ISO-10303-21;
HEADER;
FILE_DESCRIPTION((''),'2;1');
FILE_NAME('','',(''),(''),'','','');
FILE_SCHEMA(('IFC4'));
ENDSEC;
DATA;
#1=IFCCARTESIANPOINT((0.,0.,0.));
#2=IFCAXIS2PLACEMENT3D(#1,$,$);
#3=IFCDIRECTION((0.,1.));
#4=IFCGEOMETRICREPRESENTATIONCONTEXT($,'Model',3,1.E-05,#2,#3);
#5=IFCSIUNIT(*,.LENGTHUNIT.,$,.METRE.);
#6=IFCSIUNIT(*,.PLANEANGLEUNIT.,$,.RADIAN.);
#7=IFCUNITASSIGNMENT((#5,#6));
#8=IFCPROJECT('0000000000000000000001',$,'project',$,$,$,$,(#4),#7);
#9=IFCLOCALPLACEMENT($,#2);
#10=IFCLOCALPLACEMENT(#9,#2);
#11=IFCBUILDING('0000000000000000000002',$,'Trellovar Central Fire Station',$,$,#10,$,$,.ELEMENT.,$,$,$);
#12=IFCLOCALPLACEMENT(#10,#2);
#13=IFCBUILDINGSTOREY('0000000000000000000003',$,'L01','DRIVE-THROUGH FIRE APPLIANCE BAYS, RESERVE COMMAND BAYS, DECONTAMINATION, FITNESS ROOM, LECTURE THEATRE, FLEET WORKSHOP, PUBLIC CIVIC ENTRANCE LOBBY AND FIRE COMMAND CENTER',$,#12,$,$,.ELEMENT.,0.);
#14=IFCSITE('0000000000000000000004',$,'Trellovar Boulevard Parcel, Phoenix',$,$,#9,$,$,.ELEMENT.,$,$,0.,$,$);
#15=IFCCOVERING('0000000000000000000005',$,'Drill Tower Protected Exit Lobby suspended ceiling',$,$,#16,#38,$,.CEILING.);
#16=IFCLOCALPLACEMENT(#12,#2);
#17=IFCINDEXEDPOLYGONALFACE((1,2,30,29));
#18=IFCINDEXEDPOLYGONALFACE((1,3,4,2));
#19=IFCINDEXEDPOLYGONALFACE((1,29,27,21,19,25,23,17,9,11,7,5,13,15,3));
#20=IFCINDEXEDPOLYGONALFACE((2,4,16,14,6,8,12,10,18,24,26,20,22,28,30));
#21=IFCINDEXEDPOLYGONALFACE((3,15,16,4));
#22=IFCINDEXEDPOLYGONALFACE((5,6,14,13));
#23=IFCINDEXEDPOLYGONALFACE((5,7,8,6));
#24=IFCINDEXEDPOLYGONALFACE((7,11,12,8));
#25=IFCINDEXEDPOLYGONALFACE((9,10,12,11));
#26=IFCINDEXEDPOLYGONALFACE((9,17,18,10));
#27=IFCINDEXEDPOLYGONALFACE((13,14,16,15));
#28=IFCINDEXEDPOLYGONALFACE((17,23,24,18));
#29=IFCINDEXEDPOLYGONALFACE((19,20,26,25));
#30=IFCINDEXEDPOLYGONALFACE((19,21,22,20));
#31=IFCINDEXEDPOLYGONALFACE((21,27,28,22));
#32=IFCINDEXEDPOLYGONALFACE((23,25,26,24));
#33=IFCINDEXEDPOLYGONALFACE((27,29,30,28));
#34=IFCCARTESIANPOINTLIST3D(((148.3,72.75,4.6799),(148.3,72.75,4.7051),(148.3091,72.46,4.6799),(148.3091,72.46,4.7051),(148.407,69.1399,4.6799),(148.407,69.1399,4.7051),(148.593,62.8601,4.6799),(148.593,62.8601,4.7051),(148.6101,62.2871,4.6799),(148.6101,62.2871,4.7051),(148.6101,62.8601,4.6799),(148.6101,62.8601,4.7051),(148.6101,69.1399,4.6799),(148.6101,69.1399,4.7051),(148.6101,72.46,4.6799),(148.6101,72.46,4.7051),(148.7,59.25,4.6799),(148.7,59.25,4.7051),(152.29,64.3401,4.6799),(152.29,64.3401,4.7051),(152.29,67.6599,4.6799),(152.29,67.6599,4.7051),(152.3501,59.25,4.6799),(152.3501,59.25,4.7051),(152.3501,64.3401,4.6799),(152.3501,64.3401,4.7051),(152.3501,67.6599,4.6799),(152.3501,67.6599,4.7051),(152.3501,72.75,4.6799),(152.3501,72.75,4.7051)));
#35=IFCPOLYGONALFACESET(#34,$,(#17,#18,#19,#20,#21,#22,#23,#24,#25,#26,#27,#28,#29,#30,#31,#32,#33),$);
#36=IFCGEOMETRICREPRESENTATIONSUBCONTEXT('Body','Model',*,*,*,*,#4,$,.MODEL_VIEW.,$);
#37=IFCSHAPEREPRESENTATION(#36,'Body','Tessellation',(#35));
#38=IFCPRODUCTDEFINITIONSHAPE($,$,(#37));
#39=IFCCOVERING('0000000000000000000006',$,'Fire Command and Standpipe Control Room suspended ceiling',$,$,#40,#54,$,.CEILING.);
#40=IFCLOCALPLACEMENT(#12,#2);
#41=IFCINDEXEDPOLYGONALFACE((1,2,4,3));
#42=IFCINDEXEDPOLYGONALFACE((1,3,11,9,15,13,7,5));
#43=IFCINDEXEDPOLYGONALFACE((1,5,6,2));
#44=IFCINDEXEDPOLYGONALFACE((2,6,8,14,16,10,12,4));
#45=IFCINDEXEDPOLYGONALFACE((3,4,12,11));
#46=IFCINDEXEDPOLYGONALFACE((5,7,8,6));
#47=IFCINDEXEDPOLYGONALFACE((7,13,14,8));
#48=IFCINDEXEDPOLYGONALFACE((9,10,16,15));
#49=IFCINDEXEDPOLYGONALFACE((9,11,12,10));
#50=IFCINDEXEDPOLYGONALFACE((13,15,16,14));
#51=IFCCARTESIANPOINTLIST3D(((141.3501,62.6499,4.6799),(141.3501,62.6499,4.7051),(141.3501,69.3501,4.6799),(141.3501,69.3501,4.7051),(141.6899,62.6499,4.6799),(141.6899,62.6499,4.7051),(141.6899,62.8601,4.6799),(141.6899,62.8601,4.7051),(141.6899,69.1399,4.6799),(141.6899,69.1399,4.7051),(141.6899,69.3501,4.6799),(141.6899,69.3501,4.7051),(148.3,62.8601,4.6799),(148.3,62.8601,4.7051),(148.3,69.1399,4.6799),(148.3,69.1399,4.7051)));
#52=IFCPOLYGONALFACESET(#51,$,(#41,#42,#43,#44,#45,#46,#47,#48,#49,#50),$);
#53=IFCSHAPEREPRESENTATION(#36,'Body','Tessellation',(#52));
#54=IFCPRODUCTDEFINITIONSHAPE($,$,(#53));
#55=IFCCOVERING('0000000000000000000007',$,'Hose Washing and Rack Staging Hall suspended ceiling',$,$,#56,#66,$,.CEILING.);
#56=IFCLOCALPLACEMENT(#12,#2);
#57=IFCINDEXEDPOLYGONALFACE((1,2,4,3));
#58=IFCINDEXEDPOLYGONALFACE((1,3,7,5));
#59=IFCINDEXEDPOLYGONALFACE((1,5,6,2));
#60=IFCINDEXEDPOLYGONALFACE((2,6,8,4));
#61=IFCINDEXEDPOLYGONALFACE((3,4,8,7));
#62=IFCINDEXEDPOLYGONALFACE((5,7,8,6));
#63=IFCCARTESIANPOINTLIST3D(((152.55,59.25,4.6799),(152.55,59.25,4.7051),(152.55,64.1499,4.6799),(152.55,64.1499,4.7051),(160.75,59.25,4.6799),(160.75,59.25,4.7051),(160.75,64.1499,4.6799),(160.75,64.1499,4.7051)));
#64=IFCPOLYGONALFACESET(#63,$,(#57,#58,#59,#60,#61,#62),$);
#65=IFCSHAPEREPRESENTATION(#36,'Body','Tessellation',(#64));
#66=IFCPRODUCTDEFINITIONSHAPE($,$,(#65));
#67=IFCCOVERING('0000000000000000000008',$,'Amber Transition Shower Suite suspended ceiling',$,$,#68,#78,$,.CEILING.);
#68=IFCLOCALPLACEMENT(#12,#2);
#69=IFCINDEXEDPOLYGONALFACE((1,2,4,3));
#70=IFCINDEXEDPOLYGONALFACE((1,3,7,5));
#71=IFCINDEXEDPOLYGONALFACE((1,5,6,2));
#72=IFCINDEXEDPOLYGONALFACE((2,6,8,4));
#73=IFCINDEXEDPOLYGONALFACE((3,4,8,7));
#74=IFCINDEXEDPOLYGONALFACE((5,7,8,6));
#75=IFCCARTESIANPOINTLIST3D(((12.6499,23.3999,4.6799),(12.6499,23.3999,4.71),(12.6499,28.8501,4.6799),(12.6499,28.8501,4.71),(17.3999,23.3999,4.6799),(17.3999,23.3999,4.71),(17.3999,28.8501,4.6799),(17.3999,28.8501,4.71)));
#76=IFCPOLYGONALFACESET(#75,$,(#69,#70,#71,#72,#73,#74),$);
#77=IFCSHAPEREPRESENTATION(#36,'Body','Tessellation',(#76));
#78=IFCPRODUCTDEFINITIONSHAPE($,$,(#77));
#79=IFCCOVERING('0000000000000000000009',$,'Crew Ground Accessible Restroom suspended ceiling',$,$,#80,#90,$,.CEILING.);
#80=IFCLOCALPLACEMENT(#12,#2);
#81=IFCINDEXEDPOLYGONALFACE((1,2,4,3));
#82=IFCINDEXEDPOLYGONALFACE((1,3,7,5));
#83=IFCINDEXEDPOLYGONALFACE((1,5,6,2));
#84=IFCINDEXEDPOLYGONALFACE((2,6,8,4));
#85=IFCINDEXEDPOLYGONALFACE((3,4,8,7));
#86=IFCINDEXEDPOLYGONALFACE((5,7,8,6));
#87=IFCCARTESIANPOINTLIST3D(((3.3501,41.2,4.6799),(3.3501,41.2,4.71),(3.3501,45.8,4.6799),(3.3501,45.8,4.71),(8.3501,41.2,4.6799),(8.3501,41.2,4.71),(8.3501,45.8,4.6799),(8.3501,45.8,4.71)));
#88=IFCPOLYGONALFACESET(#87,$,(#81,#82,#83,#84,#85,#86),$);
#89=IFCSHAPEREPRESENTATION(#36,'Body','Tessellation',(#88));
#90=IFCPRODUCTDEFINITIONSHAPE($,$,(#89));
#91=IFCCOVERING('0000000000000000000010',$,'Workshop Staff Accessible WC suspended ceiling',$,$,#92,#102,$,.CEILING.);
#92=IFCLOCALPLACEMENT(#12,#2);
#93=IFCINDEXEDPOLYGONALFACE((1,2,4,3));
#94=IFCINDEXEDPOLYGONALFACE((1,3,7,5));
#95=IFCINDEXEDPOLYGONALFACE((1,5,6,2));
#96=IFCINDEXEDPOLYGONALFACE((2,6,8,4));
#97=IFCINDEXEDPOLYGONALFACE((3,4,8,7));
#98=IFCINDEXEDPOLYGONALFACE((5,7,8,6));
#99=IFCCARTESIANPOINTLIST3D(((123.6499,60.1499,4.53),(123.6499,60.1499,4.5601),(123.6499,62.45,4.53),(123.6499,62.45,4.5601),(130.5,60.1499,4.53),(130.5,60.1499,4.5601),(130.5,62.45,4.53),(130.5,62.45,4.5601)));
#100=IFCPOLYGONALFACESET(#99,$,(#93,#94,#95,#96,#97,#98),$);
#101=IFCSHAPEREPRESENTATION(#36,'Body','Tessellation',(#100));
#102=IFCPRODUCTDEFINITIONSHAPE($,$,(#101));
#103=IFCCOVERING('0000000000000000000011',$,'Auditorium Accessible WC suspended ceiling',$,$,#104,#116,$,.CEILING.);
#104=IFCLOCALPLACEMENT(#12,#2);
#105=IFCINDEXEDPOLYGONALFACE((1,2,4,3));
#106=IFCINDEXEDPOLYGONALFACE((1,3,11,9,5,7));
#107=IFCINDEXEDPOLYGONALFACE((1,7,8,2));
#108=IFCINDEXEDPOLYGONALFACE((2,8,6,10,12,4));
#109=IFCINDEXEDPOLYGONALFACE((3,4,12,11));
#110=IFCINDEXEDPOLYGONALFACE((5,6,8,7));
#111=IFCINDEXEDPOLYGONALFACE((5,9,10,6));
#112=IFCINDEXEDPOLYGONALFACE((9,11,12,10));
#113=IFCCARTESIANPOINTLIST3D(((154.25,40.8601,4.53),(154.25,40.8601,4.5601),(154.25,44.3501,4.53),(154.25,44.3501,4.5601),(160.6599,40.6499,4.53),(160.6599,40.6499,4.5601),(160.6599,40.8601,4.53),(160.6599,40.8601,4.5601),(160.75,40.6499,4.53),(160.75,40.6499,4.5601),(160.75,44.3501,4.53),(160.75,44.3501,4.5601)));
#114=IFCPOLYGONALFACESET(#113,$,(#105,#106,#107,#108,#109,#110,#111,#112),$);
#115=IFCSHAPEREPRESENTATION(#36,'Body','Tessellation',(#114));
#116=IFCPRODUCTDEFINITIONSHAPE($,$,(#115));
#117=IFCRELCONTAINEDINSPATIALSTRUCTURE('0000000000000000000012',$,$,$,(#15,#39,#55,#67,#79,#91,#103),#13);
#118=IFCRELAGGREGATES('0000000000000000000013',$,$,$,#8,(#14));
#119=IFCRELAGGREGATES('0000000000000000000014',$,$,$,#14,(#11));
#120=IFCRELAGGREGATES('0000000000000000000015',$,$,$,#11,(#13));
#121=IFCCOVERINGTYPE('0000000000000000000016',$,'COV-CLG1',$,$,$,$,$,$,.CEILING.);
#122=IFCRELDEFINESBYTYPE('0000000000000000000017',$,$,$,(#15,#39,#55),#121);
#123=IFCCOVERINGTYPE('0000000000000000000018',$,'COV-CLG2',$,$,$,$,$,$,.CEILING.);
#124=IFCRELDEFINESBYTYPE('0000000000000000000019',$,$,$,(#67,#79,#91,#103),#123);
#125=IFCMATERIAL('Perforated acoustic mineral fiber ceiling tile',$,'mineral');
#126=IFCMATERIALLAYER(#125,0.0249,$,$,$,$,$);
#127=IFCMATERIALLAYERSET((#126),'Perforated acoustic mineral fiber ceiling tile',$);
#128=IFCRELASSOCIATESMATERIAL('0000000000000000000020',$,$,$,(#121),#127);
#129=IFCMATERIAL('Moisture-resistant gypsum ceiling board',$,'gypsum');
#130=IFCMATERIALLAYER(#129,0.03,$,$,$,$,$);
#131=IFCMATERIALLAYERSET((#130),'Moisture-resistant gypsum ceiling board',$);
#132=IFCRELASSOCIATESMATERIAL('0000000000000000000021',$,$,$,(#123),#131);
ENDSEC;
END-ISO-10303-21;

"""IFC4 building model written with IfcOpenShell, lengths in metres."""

from ifc_helpers import new_model, si_unit, direction, frame, origin, place, context, subcontext, project, spatial, polyline, outline, extrude, material, layer, layer_set, type_object, element, save


model = new_model("IFC4")

# Units and contexts
model_context = context("Model", 3, precision=1e-05, world=origin(), true_north=direction((0.0, 1.0)))
body_context = subcontext(model_context, "Body", "Model", "MODEL_VIEW")
ifc_project = project(units=[si_unit("LENGTHUNIT", "METRE"), si_unit("PLANEANGLEUNIT", "RADIAN")], contexts=[model_context])

# Site, building, storey
site_placement = place(None, origin())
site = spatial("IfcSite", under=ifc_project, at=site_placement, Name="Trellovar Boulevard Parcel, Phoenix", CompositionType="ELEMENT", RefElevation=0.0)
building_placement = place(site_placement, origin())
building = spatial("IfcBuilding", under=site, at=building_placement, Name="Trellovar Central Fire Station", CompositionType="ELEMENT")
storey_placement = place(building_placement, origin())
storey = spatial("IfcBuildingStorey", under=building, at=storey_placement, Name="L01", Description="DRIVE-THROUGH FIRE APPLIANCE BAYS, RESERVE COMMAND BAYS, DECONTAMINATION, FITNESS ROOM, LECTURE THEATRE, FLEET WORKSHOP, PUBLIC CIVIC ENTRANCE LOBBY AND FIRE COMMAND CENTER", CompositionType="ELEMENT", Elevation=0.0)

# Coverings
ifc_material_1 = material(Name="Perforated acoustic mineral fiber ceiling tile", Category="mineral")
ifc_layer_1 = layer(ifc_material_1, 0.0249)
ifc_layer_set_1 = layer_set([ifc_layer_1], Name="Perforated acoustic mineral fiber ceiling tile")
covering_type_1 = type_object("IfcCoveringType", Name="COV-CLG1", PredefinedType="CEILING", material=ifc_layer_set_1)
covering_1_placement = place(storey_placement, frame((0.0, 0.0, 4.6799)))
element("IfcCovering", 1, at=covering_1_placement, inside=storey, type_object=covering_type_1, Name="Drill Tower Protected Exit Lobby suspended ceiling", PredefinedType="CEILING", context=body_context, shape_type="SweptSolid", body=[
    extrude(outline(polyline([(148.7, 59.25), (148.6101, 62.2871), (148.6101, 62.8601), (148.593, 62.8601), (148.407, 69.1399), (148.6101, 69.1399), (148.6101, 72.46), (148.3091, 72.46), (148.3, 72.75), (152.3501, 72.75), (152.3501, 67.6599), (152.29, 67.6599), (152.29, 64.3401), (152.3501, 64.3401), (152.3501, 59.25), (148.7, 59.25)])), origin(), (0.0, 0.0, 1.0), 0.0251),
])
covering_2_placement = place(storey_placement, frame((0.0, 0.0, 4.6799)))
element("IfcCovering", 2, at=covering_2_placement, inside=storey, type_object=covering_type_1, Name="Fire Command and Standpipe Control Room suspended ceiling", PredefinedType="CEILING", context=body_context, shape_type="SweptSolid", body=[
    extrude(outline(polyline([(141.6899, 69.1399), (148.3, 69.1399), (148.3, 62.8601), (141.6899, 62.8601), (141.6899, 62.6499), (141.3501, 62.6499), (141.3501, 69.3501), (141.6899, 69.3501), (141.6899, 69.1399)])), origin(), (0.0, 0.0, 1.0), 0.0251),
])
covering_3_placement = place(storey_placement, frame((0.0, 0.0, 4.6799)))
element("IfcCovering", 3, at=covering_3_placement, inside=storey, type_object=covering_type_1, Name="Hose Washing and Rack Staging Hall suspended ceiling", PredefinedType="CEILING", context=body_context, shape_type="SweptSolid", body=[
    extrude(outline(polyline([(160.75, 59.25), (152.55, 59.25), (152.55, 64.1499), (160.75, 64.1499), (160.75, 59.25)])), origin(), (0.0, 0.0, 1.0), 0.0251),
])
ifc_material_2 = material(Name="Moisture-resistant gypsum ceiling board", Category="gypsum")
ifc_layer_2 = layer(ifc_material_2, 0.03)
ifc_layer_set_2 = layer_set([ifc_layer_2], Name="Moisture-resistant gypsum ceiling board")
covering_type_2 = type_object("IfcCoveringType", Name="COV-CLG2", PredefinedType="CEILING", material=ifc_layer_set_2)
covering_4_placement = place(storey_placement, frame((0.0, 0.0, 4.6799)))
element("IfcCovering", 4, at=covering_4_placement, inside=storey, type_object=covering_type_2, Name="Amber Transition Shower Suite suspended ceiling", PredefinedType="CEILING", context=body_context, shape_type="SweptSolid", body=[
    extrude(outline(polyline([(17.3999, 23.3999), (12.6499, 23.3999), (12.6499, 28.8501), (17.3999, 28.8501), (17.3999, 23.3999)])), origin(), (0.0, 0.0, 1.0), 0.03),
])
covering_5_placement = place(storey_placement, frame((0.0, 0.0, 4.6799)))
element("IfcCovering", 5, at=covering_5_placement, inside=storey, type_object=covering_type_2, Name="Crew Ground Accessible Restroom suspended ceiling", PredefinedType="CEILING", context=body_context, shape_type="SweptSolid", body=[
    extrude(outline(polyline([(8.3501, 41.2), (3.3501, 41.2), (3.3501, 45.8), (8.3501, 45.8), (8.3501, 41.2)])), origin(), (0.0, 0.0, 1.0), 0.03),
])
covering_6_placement = place(storey_placement, frame((0.0, 0.0, 4.53)))
element("IfcCovering", 6, at=covering_6_placement, inside=storey, type_object=covering_type_2, Name="Workshop Staff Accessible WC suspended ceiling", PredefinedType="CEILING", context=body_context, shape_type="SweptSolid", body=[
    extrude(outline(polyline([(130.5, 60.1499), (123.6499, 60.1499), (123.6499, 62.45), (130.5, 62.45), (130.5, 60.1499)])), origin(), (0.0, 0.0, 1.0), 0.03),
])
covering_7_placement = place(storey_placement, frame((0.0, 0.0, 4.53)))
element("IfcCovering", 7, at=covering_7_placement, inside=storey, type_object=covering_type_2, Name="Auditorium Accessible WC suspended ceiling", PredefinedType="CEILING", context=body_context, shape_type="SweptSolid", body=[
    extrude(outline(polyline([(154.25, 44.3501), (160.75, 44.3501), (160.75, 40.6499), (160.6599, 40.6499), (160.6599, 40.8601), (154.25, 40.8601), (154.25, 44.3501)])), origin(), (0.0, 0.0, 1.0), 0.03),
])

save(model, "model.ifc")
